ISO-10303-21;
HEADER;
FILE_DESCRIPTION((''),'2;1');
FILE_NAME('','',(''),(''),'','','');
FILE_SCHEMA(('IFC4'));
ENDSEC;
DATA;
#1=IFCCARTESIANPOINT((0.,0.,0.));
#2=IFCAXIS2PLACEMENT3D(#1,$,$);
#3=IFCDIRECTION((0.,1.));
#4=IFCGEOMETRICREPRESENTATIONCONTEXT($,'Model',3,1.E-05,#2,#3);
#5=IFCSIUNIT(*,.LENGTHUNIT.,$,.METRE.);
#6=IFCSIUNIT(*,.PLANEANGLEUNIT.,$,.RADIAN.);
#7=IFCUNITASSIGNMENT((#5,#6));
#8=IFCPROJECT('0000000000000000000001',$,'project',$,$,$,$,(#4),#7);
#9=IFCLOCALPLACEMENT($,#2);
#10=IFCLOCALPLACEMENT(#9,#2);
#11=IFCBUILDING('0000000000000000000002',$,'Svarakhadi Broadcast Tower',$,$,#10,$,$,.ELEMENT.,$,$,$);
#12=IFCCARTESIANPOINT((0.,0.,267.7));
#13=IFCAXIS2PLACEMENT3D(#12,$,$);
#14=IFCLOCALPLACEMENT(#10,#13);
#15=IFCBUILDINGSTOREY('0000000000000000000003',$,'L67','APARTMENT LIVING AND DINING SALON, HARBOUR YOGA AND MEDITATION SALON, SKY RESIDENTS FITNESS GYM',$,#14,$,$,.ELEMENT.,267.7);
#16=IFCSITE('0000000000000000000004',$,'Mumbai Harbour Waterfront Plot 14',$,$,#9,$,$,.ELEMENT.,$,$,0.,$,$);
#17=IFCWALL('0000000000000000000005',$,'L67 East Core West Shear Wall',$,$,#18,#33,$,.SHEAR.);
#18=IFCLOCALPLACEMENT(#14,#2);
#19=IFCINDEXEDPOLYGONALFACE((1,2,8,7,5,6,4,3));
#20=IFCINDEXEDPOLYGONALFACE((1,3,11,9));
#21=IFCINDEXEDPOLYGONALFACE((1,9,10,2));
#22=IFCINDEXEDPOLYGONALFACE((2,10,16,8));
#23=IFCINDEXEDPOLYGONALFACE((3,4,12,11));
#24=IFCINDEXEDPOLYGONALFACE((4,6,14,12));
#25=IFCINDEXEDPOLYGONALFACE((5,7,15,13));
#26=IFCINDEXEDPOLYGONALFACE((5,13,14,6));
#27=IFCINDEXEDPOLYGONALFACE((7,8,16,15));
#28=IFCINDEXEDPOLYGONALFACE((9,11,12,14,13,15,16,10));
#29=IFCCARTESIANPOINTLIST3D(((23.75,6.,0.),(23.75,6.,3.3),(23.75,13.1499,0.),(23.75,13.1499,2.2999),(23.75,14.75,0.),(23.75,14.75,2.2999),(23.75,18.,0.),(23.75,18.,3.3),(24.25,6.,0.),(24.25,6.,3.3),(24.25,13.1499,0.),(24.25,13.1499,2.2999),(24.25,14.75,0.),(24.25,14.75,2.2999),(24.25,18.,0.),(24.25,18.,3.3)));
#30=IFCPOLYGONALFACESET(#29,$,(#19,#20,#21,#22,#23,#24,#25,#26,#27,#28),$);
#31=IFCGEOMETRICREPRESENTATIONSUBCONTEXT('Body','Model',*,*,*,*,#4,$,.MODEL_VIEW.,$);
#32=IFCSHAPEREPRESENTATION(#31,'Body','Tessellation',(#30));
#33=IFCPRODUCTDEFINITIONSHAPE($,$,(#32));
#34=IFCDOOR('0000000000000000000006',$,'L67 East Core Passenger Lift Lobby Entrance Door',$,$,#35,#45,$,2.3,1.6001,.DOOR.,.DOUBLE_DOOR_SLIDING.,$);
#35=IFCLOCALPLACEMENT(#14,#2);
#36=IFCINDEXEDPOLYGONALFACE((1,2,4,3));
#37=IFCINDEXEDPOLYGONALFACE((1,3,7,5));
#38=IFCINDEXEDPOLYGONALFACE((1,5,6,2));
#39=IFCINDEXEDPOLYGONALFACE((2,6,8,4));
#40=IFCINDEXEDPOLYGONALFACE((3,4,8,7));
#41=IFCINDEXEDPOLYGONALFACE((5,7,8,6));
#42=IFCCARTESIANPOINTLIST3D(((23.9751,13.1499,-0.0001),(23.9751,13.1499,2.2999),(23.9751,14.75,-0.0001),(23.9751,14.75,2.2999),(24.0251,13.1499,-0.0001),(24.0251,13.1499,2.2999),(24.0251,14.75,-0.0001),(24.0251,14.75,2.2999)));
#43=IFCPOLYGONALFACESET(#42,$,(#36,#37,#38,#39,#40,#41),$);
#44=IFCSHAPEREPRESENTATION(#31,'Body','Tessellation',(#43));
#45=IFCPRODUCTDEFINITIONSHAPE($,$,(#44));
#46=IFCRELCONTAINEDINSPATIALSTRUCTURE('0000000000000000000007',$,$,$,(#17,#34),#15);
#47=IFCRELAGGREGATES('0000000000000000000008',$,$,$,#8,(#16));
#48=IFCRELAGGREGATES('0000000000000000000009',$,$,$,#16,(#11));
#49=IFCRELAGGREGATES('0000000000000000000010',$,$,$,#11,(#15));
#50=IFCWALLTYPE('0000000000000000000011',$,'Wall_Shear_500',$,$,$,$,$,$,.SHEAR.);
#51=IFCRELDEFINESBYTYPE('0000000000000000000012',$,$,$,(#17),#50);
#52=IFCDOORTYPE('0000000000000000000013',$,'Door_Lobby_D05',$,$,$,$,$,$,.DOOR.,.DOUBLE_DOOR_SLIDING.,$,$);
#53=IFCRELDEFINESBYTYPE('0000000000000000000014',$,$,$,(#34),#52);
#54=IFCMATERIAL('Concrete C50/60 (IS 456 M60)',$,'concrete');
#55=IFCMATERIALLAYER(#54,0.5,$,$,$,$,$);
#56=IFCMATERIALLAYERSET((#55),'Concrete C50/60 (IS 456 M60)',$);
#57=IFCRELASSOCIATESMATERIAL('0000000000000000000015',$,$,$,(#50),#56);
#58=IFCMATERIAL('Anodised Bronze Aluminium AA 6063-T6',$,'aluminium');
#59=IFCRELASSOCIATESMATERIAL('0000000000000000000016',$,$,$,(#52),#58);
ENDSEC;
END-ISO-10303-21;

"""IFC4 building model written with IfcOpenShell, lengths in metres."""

from ifc_helpers import new_model, si_unit, direction, frame, frame_2d, origin, place, context, subcontext, project, spatial, rectangle, extrude, material, layer, layer_set, type_object, element, fill, save


model = new_model("IFC4")

# Units and contexts
model_context = context("Model", 3, precision=1e-05, world=origin(), true_north=direction((0.0, 1.0)))
body_context = subcontext(model_context, "Body", "Model", "MODEL_VIEW")
ifc_project = project(units=[si_unit("LENGTHUNIT", "METRE"), si_unit("PLANEANGLEUNIT", "RADIAN")], contexts=[model_context])

# Site, building, storey
site_placement = place(None, origin())
site = spatial("IfcSite", under=ifc_project, at=site_placement, Name="Mumbai Harbour Waterfront Plot 14", CompositionType="ELEMENT", RefElevation=0.0)
building_placement = place(site_placement, origin())
building = spatial("IfcBuilding", under=site, at=building_placement, Name="Svarakhadi Broadcast Tower", CompositionType="ELEMENT")
storey_placement = place(building_placement, frame((0.0, 0.0, 267.7)))
storey = spatial("IfcBuildingStorey", under=building, at=storey_placement, Name="L67", Description="APARTMENT LIVING AND DINING SALON, HARBOUR YOGA AND MEDITATION SALON, SKY RESIDENTS FITNESS GYM", CompositionType="ELEMENT", Elevation=267.7)

# Shared definitions
ifc_material_1 = material(Name="Concrete C50/60 (IS 456 M60)", Category="concrete")

# Shared definitions
ifc_layer_1 = layer(ifc_material_1, 0.5)
ifc_layer_set_1 = layer_set([ifc_layer_1], Name="Concrete C50/60 (IS 456 M60)")
wall_type_1 = type_object("IfcWallType", Name="Wall_Shear_500", PredefinedType="SHEAR", material=ifc_layer_set_1)

# Wall, opening, door
wall_1_placement = place(storey_placement, frame((24.0, 6.0, 0.0), z_axis=(0.0, 0.0, 1.0), x_axis=(0.0, 1.0, 0.0)))
wall_1 = element("IfcWall", 1, at=wall_1_placement, inside=storey, type_object=wall_type_1, Name="L67 East Core West Shear Wall", PredefinedType="SHEAR", context=body_context, shape_type="SweptSolid", body=[
    extrude(rectangle(XDim=12.0, YDim=0.5, at=frame_2d((6.0, 0.0))), origin(), (0.0, 0.0, 1.0), 3.3),
])
opening_1_placement = place(wall_1_placement, frame((7.1499, 0.0, 0.0)))
opening_1 = element("IfcOpeningElement", 2, at=opening_1_placement, cuts=wall_1, PredefinedType="OPENING", context=body_context, shape_type="SweptSolid", body=[
    extrude(rectangle(XDim=1.6001, YDim=2.3, at=frame_2d((0.8, 1.1499))), frame((0.0, 0.26, 0.0), z_axis=(0.0, -1.0, 0.0), x_axis=(1.0, 0.0, 0.0)), (0.0, 0.0, 1.0), 0.52),
])
ifc_material_2 = material(Name="Anodised Bronze Aluminium AA 6063-T6", Category="aluminium")
door_type_1 = type_object("IfcDoorType", Name="Door_Lobby_D05", OperationType="DOUBLE_DOOR_SLIDING", PredefinedType="DOOR", material=ifc_material_2)
door_1_placement = place(opening_1_placement, origin())
door_1 = element("IfcDoor", 3, at=door_1_placement, inside=storey, type_object=door_type_1, Name="L67 East Core Passenger Lift Lobby Entrance Door", OperationType="DOUBLE_DOOR_SLIDING", OverallHeight=2.3, OverallWidth=1.6001, PredefinedType="DOOR", context=body_context, shape_type="SweptSolid", body=[
    extrude(rectangle(XDim=1.6001, YDim=2.3, at=frame_2d((0.8, 1.1499))), frame((0.0, 0.0249, 0.0), z_axis=(0.0, -1.0, 0.0), x_axis=(1.0, 0.0, 0.0)), (0.0, 0.0, 1.0), 0.05),
])
fill(opening_1, door_1)

save(model, "model.ifc")
